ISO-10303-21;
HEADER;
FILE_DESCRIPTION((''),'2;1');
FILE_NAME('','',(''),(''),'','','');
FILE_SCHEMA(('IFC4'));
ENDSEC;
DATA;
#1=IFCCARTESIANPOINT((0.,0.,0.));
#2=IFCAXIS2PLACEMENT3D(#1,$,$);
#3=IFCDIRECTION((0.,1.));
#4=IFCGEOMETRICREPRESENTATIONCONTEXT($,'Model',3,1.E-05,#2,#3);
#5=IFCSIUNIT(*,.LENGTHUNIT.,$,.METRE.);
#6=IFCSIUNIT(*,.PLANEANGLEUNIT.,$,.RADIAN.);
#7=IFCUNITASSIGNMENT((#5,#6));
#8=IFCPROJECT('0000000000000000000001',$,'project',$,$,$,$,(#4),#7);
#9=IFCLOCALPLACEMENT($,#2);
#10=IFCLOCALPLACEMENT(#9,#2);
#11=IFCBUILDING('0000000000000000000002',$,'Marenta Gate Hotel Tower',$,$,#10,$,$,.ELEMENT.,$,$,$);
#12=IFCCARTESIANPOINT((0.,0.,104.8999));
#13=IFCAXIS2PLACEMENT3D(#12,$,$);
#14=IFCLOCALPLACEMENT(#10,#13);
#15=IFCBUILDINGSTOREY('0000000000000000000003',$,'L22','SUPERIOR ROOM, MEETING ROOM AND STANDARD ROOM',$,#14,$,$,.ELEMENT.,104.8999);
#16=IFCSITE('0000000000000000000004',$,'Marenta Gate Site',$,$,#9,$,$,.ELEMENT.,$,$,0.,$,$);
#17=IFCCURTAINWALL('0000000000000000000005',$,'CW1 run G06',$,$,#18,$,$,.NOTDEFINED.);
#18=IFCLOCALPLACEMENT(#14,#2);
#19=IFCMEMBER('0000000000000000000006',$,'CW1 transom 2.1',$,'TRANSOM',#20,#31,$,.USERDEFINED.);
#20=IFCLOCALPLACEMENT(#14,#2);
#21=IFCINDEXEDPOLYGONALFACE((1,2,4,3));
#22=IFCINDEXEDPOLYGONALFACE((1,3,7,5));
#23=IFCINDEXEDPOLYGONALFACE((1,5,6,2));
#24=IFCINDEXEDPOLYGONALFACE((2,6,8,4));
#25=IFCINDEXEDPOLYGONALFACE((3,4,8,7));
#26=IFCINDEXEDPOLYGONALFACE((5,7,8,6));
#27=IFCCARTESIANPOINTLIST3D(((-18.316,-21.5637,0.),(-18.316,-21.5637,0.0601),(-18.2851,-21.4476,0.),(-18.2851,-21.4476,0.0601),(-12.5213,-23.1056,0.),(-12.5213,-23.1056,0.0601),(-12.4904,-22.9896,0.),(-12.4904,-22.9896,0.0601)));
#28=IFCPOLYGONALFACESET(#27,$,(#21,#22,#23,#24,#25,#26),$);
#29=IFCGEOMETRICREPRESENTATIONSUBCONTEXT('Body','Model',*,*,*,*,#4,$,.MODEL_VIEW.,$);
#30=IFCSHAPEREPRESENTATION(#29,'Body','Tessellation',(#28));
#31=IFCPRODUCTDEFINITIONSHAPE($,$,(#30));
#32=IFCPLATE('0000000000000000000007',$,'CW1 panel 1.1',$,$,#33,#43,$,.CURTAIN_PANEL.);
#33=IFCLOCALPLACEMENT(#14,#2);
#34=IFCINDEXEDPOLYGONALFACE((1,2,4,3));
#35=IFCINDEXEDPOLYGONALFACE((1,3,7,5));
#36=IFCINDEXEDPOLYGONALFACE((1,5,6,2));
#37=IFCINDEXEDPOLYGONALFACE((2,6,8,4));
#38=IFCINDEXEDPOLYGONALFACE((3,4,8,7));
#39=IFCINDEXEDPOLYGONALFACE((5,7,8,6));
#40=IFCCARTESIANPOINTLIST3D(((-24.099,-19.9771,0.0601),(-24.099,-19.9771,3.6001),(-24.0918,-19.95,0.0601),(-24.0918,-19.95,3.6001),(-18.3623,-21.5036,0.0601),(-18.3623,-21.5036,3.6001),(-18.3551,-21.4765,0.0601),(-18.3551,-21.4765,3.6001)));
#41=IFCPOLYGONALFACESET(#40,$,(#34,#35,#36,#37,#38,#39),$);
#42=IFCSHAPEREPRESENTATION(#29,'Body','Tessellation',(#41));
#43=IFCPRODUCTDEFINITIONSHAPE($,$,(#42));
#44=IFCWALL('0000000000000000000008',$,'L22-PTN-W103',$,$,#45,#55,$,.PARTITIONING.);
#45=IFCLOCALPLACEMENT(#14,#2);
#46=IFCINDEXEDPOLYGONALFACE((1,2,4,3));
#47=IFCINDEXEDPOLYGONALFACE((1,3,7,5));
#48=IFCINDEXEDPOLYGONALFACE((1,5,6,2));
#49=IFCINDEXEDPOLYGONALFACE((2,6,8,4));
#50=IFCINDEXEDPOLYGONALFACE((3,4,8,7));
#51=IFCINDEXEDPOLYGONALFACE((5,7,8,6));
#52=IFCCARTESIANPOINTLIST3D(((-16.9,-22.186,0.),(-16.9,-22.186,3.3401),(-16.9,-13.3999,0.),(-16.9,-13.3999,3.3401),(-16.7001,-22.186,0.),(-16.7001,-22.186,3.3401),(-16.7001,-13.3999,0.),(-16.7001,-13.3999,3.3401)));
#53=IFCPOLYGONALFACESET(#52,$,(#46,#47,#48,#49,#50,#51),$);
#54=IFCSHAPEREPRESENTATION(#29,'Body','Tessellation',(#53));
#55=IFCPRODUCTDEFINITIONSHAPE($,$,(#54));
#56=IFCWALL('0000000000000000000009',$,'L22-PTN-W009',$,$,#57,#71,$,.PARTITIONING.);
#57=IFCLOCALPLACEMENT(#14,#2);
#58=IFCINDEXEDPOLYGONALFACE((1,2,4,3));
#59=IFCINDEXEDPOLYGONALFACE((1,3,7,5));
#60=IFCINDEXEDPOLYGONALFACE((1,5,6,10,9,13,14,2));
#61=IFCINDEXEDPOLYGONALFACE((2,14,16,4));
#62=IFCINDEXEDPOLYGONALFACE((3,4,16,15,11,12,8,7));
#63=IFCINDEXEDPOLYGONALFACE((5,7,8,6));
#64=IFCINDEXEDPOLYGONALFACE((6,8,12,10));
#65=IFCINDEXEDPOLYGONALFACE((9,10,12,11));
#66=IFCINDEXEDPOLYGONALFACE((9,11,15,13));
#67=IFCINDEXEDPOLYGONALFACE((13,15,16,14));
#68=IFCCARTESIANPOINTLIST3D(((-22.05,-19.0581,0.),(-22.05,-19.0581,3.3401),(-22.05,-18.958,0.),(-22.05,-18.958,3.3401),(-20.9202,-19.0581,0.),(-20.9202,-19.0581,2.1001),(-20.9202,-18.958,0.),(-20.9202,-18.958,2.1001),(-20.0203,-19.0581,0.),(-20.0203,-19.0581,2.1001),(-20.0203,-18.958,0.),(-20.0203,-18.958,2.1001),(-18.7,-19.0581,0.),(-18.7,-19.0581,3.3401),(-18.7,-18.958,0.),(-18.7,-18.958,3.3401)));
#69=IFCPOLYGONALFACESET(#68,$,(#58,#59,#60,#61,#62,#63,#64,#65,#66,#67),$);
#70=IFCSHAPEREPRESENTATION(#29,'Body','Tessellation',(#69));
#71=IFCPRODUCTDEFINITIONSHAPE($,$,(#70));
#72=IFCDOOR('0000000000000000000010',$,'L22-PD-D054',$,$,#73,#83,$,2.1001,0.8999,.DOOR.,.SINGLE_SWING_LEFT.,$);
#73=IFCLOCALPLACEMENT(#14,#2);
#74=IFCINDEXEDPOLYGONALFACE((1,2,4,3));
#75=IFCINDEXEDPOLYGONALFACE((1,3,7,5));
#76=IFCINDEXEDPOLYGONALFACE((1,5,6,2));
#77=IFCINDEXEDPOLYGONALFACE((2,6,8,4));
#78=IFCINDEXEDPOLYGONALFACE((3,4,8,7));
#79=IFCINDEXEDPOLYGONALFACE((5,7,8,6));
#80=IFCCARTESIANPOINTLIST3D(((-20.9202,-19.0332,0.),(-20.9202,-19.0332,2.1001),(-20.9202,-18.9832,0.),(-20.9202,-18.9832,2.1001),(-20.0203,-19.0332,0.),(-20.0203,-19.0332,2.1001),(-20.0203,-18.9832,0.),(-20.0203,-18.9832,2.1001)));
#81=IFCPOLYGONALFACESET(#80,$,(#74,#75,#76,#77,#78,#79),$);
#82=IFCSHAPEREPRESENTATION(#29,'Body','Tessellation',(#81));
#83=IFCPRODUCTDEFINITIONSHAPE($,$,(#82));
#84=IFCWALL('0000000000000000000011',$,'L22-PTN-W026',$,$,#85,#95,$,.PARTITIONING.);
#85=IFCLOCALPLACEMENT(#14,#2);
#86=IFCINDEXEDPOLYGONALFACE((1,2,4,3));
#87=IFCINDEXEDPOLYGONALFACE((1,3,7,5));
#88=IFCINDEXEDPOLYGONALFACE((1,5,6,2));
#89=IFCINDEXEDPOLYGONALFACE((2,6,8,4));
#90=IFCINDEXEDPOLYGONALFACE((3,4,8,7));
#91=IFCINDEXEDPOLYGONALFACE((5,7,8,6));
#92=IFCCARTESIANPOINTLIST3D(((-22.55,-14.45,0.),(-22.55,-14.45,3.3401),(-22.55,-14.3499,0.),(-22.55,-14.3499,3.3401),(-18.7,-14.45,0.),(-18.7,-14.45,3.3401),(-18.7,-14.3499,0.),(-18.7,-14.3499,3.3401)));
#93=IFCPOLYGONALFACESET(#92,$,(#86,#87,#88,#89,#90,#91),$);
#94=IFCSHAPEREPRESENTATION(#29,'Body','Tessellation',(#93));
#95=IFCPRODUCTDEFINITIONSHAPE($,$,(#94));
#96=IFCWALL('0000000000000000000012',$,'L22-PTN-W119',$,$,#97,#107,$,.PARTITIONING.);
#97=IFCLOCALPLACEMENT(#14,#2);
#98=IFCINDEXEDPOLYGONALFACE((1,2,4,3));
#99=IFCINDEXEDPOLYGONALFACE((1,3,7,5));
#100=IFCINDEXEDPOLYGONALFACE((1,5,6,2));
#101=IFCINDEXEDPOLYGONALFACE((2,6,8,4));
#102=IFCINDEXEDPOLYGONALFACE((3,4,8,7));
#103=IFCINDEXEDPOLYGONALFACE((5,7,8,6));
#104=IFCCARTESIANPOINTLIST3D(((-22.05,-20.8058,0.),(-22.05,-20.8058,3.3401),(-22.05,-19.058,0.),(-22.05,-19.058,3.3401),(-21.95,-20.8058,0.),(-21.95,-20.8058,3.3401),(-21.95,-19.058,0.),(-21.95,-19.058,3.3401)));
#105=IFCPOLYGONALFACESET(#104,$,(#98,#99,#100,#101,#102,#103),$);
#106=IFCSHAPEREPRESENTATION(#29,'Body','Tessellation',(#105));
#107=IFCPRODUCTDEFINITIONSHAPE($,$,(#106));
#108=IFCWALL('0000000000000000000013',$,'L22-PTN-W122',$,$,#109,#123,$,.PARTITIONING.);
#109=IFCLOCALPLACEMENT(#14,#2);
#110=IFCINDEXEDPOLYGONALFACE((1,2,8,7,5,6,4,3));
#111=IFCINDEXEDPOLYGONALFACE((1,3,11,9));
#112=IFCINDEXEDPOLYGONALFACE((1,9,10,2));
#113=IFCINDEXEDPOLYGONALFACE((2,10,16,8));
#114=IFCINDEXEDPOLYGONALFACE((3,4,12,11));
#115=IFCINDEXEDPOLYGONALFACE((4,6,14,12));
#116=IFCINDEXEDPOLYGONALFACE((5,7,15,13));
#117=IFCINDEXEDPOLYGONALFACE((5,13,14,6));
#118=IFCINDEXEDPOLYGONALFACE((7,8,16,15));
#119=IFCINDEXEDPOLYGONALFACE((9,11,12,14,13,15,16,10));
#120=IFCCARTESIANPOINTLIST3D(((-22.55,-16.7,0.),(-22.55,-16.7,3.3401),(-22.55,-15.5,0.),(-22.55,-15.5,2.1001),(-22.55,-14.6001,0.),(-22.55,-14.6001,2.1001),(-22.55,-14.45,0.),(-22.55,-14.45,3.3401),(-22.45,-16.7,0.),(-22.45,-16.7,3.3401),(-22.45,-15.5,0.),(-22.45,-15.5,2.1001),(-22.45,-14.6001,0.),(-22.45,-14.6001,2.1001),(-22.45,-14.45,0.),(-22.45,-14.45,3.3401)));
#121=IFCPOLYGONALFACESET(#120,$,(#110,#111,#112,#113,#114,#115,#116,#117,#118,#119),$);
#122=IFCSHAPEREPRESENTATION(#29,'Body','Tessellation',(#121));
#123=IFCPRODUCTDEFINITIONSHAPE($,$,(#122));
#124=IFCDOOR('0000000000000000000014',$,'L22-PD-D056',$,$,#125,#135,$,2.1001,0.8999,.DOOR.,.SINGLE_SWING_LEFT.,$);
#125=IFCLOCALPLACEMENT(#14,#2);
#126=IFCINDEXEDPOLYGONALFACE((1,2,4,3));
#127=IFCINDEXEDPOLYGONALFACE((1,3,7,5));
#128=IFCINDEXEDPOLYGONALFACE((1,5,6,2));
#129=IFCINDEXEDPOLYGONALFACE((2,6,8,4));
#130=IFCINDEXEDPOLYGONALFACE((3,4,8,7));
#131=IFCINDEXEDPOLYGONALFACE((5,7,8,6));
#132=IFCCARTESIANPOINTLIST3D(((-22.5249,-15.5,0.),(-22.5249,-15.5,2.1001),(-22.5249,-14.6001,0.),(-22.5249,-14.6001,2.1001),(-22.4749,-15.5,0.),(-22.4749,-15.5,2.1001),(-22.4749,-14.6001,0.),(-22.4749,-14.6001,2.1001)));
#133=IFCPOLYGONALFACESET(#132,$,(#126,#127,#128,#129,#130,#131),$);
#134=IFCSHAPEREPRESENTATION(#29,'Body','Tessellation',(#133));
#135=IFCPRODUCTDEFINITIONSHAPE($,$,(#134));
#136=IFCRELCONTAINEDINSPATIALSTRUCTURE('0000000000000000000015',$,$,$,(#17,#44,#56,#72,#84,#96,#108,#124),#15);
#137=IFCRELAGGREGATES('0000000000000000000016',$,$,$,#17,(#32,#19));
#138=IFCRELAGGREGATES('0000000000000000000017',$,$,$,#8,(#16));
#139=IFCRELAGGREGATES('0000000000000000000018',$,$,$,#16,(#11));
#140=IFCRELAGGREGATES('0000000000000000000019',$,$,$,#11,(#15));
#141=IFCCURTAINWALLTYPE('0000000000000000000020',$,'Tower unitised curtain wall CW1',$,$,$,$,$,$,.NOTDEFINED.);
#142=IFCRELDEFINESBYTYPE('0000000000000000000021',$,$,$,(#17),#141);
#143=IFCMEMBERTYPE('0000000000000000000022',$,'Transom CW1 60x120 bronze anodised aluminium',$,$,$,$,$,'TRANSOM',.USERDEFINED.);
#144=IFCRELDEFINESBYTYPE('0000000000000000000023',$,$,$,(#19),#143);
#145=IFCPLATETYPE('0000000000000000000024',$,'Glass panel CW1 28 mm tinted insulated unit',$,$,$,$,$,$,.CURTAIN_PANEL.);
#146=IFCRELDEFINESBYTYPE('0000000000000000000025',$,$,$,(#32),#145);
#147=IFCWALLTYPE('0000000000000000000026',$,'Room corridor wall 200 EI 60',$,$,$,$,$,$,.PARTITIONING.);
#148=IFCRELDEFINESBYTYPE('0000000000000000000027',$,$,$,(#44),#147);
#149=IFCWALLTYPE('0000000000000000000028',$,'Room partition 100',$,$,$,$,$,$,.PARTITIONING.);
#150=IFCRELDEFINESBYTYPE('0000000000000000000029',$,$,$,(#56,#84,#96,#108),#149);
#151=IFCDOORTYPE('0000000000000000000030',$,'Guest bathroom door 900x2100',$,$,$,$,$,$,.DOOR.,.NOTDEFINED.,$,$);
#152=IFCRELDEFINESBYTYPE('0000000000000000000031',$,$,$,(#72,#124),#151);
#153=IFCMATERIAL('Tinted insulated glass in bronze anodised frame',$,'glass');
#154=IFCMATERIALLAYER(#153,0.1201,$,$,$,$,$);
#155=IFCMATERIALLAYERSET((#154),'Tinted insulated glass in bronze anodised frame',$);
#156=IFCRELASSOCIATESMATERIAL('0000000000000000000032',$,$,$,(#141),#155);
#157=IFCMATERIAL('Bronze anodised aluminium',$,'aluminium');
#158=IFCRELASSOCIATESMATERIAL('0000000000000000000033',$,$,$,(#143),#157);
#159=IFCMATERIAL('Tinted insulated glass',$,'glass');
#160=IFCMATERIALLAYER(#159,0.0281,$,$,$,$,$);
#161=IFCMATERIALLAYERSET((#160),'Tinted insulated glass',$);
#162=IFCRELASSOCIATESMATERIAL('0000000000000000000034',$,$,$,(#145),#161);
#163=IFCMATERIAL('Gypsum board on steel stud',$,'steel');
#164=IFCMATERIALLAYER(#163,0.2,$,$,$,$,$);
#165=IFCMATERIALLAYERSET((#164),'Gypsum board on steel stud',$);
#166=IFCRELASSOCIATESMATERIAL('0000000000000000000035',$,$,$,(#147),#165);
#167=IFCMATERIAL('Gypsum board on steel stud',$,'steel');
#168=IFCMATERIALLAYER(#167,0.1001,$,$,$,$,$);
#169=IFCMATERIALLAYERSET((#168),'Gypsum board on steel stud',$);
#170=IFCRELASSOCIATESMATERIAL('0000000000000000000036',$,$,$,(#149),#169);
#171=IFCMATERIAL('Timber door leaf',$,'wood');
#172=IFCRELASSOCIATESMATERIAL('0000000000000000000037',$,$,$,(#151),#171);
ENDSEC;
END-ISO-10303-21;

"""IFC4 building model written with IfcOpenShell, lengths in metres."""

from ifc_helpers import new_model, si_unit, direction, frame, frame_2d, origin, origin_2d, place, context, subcontext, project, spatial, rectangle, extrude, material, layer, layer_set, material_profile, profile_set, type_object, element, fill, aggregate, save


model = new_model("IFC4")

# Units and contexts
model_context = context("Model", 3, precision=1e-05, world=origin(), true_north=direction((0.0, 1.0)))
body_context = subcontext(model_context, "Body", "Model", "MODEL_VIEW")
ifc_project = project(units=[si_unit("LENGTHUNIT", "METRE"), si_unit("PLANEANGLEUNIT", "RADIAN")], contexts=[model_context])

# Site, building, storey
site_placement = place(None, origin())
site = spatial("IfcSite", under=ifc_project, at=site_placement, Name="Marenta Gate Site", CompositionType="ELEMENT", RefElevation=0.0)
building_placement = place(site_placement, origin())
building = spatial("IfcBuilding", under=site, at=building_placement, Name="Marenta Gate Hotel Tower", CompositionType="ELEMENT")
storey_placement = place(building_placement, frame((0.0, 0.0, 104.8999)))
storey = spatial("IfcBuildingStorey", under=building, at=storey_placement, Name="L22", Description="SUPERIOR ROOM, MEETING ROOM AND STANDARD ROOM", CompositionType="ELEMENT", Elevation=104.8999)

# Curtain wall, member, plate
ifc_material_1 = material(Name="Tinted insulated glass in bronze anodised frame", Category="glass")
ifc_layer_1 = layer(ifc_material_1, 0.1201)
ifc_layer_set_1 = layer_set([ifc_layer_1], Name="Tinted insulated glass in bronze anodised frame")
curtain_wall_type = type_object("IfcCurtainWallType", Name="Tower unitised curtain wall CW1", PredefinedType="NOTDEFINED", material=ifc_layer_set_1)
curtain_wall_placement = place(storey_placement, origin())
curtain_wall = element("IfcCurtainWall", 1, at=curtain_wall_placement, inside=storey, type_object=curtain_wall_type, Name="CW1 run G06", PredefinedType="NOTDEFINED")
ifc_material_2 = material(Name="Bronze anodised aluminium", Category="aluminium")
ifc_material_profile_1 = material_profile(ifc_material_2, rectangle(XDim=0.1201, YDim=0.0601, at=origin_2d()), Name="Transom CW1 60x120 bronze anodised aluminium")
ifc_profile_set_1 = profile_set([ifc_material_profile_1], Name="Bronze anodised aluminium")
member_type_1 = type_object("IfcMemberType", Name="Transom CW1 60x120 bronze anodised aluminium", ElementType="TRANSOM", PredefinedType="USERDEFINED", material=ifc_profile_set_1)
member_1_placement = place(storey_placement, frame((-18.3005, -21.5056, 0.03), z_axis=(0.96637, -0.257156, 0.0), x_axis=(0.257156, 0.96637, 0.0)))
member_1 = element("IfcMember", 2, at=member_1_placement, type_object=member_type_1, Name="CW1 transom 2.1", ObjectType="TRANSOM", PredefinedType="USERDEFINED", context=body_context, shape_type="SweptSolid", body=[
    extrude(rectangle(XDim=0.1201, YDim=0.0601, at=origin_2d()), origin(), (0.0, 0.0, 1.0), 5.9963),
])
ifc_material_3 = material(Name="Tinted insulated glass", Category="glass")
ifc_layer_2 = layer(ifc_material_3, 0.0281)
ifc_layer_set_2 = layer_set([ifc_layer_2], Name="Tinted insulated glass")
plate_type = type_object("IfcPlateType", Name="Glass panel CW1 28 mm tinted insulated unit", PredefinedType="CURTAIN_PANEL", material=ifc_layer_set_2)
plate_placement = place(storey_placement, frame((-21.2271, -20.7268, 0.0601), z_axis=(0.0, 0.0, 1.0), x_axis=(0.966373, -0.257144, 0.0)))
plate = element("IfcPlate", 3, at=plate_placement, type_object=plate_type, Name="CW1 panel 1.1", PredefinedType="CURTAIN_PANEL", context=body_context, shape_type="SweptSolid", body=[
    extrude(rectangle(XDim=5.9363, YDim=0.0281, at=origin_2d()), origin(), (0.0, 0.0, 1.0), 3.54),
])
aggregate(curtain_wall, [plate, member_1])

# Wall
ifc_material_4 = material(Name="Gypsum board on steel stud", Category="steel")
ifc_layer_3 = layer(ifc_material_4, 0.2)
ifc_layer_set_3 = layer_set([ifc_layer_3], Name="Gypsum board on steel stud")
wall_type_1 = type_object("IfcWallType", Name="Room corridor wall 200 EI 60", PredefinedType="PARTITIONING", material=ifc_layer_set_3)
wall_1_placement = place(storey_placement, frame((-16.8, -22.186, 0.0), z_axis=(0.0, 0.0, 1.0), x_axis=(0.0, 1.0, 0.0)))
element("IfcWall", 4, at=wall_1_placement, inside=storey, type_object=wall_type_1, Name="L22-PTN-W103", PredefinedType="PARTITIONING", context=body_context, shape_type="SweptSolid", body=[
    extrude(rectangle(XDim=8.7861, YDim=0.2, at=frame_2d((4.3931, 0.0))), origin(), (0.0, 0.0, 1.0), 3.3401),
])

# Wall, opening, door
ifc_material_5 = material(Name="Gypsum board on steel stud", Category="steel")
ifc_layer_4 = layer(ifc_material_5, 0.1001)
ifc_layer_set_4 = layer_set([ifc_layer_4], Name="Gypsum board on steel stud")
wall_type_2 = type_object("IfcWallType", Name="Room partition 100", PredefinedType="PARTITIONING", material=ifc_layer_set_4)
wall_2_placement = place(storey_placement, frame((-22.05, -19.0081, 0.0), z_axis=(0.0, 0.0, 1.0), x_axis=(1.0, 0.0, 0.0)))
wall_2 = element("IfcWall", 5, at=wall_2_placement, inside=storey, type_object=wall_type_2, Name="L22-PTN-W009", PredefinedType="PARTITIONING", context=body_context, shape_type="SweptSolid", body=[
    extrude(rectangle(XDim=3.3501, YDim=0.1001, at=frame_2d((1.675, 0.0))), origin(), (0.0, 0.0, 1.0), 3.3401),
])
opening_1_placement = place(wall_2_placement, frame((1.1299, 0.0, 0.0)))
opening_1 = element("IfcOpeningElement", 6, at=opening_1_placement, cuts=wall_2, PredefinedType="OPENING", context=body_context, shape_type="SweptSolid", body=[
    extrude(rectangle(XDim=0.8999, YDim=2.1001, at=frame_2d((0.45, 1.05))), frame((0.0, 0.05, 0.0), z_axis=(0.0, -1.0, 0.0), x_axis=(1.0, 0.0, 0.0)), (0.0, 0.0, 1.0), 0.1001),
])
ifc_material_6 = material(Name="Timber door leaf", Category="wood")
door_type_1 = type_object("IfcDoorType", Name="Guest bathroom door 900x2100", OperationType="NOTDEFINED", PredefinedType="DOOR", material=ifc_material_6)
door_1_placement = place(opening_1_placement, origin())
door_1 = element("IfcDoor", 7, at=door_1_placement, inside=storey, type_object=door_type_1, Name="L22-PD-D054", OperationType="SINGLE_SWING_LEFT", OverallHeight=2.1001, OverallWidth=0.8999, PredefinedType="DOOR", context=body_context, shape_type="SweptSolid", body=[
    extrude(rectangle(XDim=0.8999, YDim=2.1001, at=frame_2d((0.45, 1.05))), frame((0.0, 0.0249, 0.0), z_axis=(0.0, -1.0, 0.0), x_axis=(1.0, 0.0, 0.0)), (0.0, 0.0, 1.0), 0.05),
])
fill(opening_1, door_1)

# Walls
wall_3_placement = place(storey_placement, frame((-22.55, -14.3999, 0.0), z_axis=(0.0, 0.0, 1.0), x_axis=(1.0, 0.0, 0.0)))
element("IfcWall", 8, at=wall_3_placement, inside=storey, type_object=wall_type_2, Name="L22-PTN-W026", PredefinedType="PARTITIONING", context=body_context, shape_type="SweptSolid", body=[
    extrude(rectangle(XDim=3.8501, YDim=0.1001, at=frame_2d((1.925, 0.0))), origin(), (0.0, 0.0, 1.0), 3.3401),
])
wall_4_placement = place(storey_placement, frame((-22.0, -20.8059, 0.0), z_axis=(0.0, 0.0, 1.0), x_axis=(0.0, 1.0, 0.0)))
element("IfcWall", 9, at=wall_4_placement, inside=storey, type_object=wall_type_2, Name="L22-PTN-W119", PredefinedType="PARTITIONING", context=body_context, shape_type="SweptSolid", body=[
    extrude(rectangle(XDim=1.7478, YDim=0.1001, at=frame_2d((0.874, 0.0))), origin(), (0.0, 0.0, 1.0), 3.3401),
])

# Wall, opening, door
wall_5_placement = place(storey_placement, frame((-22.5, -16.7, 0.0), z_axis=(0.0, 0.0, 1.0), x_axis=(0.0, 1.0, 0.0)))
wall_5 = element("IfcWall", 10, at=wall_5_placement, inside=storey, type_object=wall_type_2, Name="L22-PTN-W122", PredefinedType="PARTITIONING", context=body_context, shape_type="SweptSolid", body=[
    extrude(rectangle(XDim=2.25, YDim=0.1001, at=frame_2d((1.125, 0.0))), origin(), (0.0, 0.0, 1.0), 3.3401),
])
opening_2_placement = place(wall_5_placement, frame((1.2, 0.0, 0.0)))
opening_2 = element("IfcOpeningElement", 11, at=opening_2_placement, cuts=wall_5, PredefinedType="OPENING", context=body_context, shape_type="SweptSolid", body=[
    extrude(rectangle(XDim=0.8999, YDim=2.1001, at=frame_2d((0.45, 1.05))), frame((0.0, 0.05, 0.0), z_axis=(0.0, -1.0, 0.0), x_axis=(1.0, 0.0, 0.0)), (0.0, 0.0, 1.0), 0.1001),
])
door_2_placement = place(opening_2_placement, origin())
door_2 = element("IfcDoor", 12, at=door_2_placement, inside=storey, type_object=door_type_1, Name="L22-PD-D056", OperationType="SINGLE_SWING_LEFT", OverallHeight=2.1001, OverallWidth=0.8999, PredefinedType="DOOR", context=body_context, shape_type="SweptSolid", body=[
    extrude(rectangle(XDim=0.8999, YDim=2.1001, at=frame_2d((0.45, 1.05))), frame((0.0, 0.0249, 0.0), z_axis=(0.0, -1.0, 0.0), x_axis=(1.0, 0.0, 0.0)), (0.0, 0.0, 1.0), 0.05),
])
fill(opening_2, door_2)

save(model, "model.ifc")
